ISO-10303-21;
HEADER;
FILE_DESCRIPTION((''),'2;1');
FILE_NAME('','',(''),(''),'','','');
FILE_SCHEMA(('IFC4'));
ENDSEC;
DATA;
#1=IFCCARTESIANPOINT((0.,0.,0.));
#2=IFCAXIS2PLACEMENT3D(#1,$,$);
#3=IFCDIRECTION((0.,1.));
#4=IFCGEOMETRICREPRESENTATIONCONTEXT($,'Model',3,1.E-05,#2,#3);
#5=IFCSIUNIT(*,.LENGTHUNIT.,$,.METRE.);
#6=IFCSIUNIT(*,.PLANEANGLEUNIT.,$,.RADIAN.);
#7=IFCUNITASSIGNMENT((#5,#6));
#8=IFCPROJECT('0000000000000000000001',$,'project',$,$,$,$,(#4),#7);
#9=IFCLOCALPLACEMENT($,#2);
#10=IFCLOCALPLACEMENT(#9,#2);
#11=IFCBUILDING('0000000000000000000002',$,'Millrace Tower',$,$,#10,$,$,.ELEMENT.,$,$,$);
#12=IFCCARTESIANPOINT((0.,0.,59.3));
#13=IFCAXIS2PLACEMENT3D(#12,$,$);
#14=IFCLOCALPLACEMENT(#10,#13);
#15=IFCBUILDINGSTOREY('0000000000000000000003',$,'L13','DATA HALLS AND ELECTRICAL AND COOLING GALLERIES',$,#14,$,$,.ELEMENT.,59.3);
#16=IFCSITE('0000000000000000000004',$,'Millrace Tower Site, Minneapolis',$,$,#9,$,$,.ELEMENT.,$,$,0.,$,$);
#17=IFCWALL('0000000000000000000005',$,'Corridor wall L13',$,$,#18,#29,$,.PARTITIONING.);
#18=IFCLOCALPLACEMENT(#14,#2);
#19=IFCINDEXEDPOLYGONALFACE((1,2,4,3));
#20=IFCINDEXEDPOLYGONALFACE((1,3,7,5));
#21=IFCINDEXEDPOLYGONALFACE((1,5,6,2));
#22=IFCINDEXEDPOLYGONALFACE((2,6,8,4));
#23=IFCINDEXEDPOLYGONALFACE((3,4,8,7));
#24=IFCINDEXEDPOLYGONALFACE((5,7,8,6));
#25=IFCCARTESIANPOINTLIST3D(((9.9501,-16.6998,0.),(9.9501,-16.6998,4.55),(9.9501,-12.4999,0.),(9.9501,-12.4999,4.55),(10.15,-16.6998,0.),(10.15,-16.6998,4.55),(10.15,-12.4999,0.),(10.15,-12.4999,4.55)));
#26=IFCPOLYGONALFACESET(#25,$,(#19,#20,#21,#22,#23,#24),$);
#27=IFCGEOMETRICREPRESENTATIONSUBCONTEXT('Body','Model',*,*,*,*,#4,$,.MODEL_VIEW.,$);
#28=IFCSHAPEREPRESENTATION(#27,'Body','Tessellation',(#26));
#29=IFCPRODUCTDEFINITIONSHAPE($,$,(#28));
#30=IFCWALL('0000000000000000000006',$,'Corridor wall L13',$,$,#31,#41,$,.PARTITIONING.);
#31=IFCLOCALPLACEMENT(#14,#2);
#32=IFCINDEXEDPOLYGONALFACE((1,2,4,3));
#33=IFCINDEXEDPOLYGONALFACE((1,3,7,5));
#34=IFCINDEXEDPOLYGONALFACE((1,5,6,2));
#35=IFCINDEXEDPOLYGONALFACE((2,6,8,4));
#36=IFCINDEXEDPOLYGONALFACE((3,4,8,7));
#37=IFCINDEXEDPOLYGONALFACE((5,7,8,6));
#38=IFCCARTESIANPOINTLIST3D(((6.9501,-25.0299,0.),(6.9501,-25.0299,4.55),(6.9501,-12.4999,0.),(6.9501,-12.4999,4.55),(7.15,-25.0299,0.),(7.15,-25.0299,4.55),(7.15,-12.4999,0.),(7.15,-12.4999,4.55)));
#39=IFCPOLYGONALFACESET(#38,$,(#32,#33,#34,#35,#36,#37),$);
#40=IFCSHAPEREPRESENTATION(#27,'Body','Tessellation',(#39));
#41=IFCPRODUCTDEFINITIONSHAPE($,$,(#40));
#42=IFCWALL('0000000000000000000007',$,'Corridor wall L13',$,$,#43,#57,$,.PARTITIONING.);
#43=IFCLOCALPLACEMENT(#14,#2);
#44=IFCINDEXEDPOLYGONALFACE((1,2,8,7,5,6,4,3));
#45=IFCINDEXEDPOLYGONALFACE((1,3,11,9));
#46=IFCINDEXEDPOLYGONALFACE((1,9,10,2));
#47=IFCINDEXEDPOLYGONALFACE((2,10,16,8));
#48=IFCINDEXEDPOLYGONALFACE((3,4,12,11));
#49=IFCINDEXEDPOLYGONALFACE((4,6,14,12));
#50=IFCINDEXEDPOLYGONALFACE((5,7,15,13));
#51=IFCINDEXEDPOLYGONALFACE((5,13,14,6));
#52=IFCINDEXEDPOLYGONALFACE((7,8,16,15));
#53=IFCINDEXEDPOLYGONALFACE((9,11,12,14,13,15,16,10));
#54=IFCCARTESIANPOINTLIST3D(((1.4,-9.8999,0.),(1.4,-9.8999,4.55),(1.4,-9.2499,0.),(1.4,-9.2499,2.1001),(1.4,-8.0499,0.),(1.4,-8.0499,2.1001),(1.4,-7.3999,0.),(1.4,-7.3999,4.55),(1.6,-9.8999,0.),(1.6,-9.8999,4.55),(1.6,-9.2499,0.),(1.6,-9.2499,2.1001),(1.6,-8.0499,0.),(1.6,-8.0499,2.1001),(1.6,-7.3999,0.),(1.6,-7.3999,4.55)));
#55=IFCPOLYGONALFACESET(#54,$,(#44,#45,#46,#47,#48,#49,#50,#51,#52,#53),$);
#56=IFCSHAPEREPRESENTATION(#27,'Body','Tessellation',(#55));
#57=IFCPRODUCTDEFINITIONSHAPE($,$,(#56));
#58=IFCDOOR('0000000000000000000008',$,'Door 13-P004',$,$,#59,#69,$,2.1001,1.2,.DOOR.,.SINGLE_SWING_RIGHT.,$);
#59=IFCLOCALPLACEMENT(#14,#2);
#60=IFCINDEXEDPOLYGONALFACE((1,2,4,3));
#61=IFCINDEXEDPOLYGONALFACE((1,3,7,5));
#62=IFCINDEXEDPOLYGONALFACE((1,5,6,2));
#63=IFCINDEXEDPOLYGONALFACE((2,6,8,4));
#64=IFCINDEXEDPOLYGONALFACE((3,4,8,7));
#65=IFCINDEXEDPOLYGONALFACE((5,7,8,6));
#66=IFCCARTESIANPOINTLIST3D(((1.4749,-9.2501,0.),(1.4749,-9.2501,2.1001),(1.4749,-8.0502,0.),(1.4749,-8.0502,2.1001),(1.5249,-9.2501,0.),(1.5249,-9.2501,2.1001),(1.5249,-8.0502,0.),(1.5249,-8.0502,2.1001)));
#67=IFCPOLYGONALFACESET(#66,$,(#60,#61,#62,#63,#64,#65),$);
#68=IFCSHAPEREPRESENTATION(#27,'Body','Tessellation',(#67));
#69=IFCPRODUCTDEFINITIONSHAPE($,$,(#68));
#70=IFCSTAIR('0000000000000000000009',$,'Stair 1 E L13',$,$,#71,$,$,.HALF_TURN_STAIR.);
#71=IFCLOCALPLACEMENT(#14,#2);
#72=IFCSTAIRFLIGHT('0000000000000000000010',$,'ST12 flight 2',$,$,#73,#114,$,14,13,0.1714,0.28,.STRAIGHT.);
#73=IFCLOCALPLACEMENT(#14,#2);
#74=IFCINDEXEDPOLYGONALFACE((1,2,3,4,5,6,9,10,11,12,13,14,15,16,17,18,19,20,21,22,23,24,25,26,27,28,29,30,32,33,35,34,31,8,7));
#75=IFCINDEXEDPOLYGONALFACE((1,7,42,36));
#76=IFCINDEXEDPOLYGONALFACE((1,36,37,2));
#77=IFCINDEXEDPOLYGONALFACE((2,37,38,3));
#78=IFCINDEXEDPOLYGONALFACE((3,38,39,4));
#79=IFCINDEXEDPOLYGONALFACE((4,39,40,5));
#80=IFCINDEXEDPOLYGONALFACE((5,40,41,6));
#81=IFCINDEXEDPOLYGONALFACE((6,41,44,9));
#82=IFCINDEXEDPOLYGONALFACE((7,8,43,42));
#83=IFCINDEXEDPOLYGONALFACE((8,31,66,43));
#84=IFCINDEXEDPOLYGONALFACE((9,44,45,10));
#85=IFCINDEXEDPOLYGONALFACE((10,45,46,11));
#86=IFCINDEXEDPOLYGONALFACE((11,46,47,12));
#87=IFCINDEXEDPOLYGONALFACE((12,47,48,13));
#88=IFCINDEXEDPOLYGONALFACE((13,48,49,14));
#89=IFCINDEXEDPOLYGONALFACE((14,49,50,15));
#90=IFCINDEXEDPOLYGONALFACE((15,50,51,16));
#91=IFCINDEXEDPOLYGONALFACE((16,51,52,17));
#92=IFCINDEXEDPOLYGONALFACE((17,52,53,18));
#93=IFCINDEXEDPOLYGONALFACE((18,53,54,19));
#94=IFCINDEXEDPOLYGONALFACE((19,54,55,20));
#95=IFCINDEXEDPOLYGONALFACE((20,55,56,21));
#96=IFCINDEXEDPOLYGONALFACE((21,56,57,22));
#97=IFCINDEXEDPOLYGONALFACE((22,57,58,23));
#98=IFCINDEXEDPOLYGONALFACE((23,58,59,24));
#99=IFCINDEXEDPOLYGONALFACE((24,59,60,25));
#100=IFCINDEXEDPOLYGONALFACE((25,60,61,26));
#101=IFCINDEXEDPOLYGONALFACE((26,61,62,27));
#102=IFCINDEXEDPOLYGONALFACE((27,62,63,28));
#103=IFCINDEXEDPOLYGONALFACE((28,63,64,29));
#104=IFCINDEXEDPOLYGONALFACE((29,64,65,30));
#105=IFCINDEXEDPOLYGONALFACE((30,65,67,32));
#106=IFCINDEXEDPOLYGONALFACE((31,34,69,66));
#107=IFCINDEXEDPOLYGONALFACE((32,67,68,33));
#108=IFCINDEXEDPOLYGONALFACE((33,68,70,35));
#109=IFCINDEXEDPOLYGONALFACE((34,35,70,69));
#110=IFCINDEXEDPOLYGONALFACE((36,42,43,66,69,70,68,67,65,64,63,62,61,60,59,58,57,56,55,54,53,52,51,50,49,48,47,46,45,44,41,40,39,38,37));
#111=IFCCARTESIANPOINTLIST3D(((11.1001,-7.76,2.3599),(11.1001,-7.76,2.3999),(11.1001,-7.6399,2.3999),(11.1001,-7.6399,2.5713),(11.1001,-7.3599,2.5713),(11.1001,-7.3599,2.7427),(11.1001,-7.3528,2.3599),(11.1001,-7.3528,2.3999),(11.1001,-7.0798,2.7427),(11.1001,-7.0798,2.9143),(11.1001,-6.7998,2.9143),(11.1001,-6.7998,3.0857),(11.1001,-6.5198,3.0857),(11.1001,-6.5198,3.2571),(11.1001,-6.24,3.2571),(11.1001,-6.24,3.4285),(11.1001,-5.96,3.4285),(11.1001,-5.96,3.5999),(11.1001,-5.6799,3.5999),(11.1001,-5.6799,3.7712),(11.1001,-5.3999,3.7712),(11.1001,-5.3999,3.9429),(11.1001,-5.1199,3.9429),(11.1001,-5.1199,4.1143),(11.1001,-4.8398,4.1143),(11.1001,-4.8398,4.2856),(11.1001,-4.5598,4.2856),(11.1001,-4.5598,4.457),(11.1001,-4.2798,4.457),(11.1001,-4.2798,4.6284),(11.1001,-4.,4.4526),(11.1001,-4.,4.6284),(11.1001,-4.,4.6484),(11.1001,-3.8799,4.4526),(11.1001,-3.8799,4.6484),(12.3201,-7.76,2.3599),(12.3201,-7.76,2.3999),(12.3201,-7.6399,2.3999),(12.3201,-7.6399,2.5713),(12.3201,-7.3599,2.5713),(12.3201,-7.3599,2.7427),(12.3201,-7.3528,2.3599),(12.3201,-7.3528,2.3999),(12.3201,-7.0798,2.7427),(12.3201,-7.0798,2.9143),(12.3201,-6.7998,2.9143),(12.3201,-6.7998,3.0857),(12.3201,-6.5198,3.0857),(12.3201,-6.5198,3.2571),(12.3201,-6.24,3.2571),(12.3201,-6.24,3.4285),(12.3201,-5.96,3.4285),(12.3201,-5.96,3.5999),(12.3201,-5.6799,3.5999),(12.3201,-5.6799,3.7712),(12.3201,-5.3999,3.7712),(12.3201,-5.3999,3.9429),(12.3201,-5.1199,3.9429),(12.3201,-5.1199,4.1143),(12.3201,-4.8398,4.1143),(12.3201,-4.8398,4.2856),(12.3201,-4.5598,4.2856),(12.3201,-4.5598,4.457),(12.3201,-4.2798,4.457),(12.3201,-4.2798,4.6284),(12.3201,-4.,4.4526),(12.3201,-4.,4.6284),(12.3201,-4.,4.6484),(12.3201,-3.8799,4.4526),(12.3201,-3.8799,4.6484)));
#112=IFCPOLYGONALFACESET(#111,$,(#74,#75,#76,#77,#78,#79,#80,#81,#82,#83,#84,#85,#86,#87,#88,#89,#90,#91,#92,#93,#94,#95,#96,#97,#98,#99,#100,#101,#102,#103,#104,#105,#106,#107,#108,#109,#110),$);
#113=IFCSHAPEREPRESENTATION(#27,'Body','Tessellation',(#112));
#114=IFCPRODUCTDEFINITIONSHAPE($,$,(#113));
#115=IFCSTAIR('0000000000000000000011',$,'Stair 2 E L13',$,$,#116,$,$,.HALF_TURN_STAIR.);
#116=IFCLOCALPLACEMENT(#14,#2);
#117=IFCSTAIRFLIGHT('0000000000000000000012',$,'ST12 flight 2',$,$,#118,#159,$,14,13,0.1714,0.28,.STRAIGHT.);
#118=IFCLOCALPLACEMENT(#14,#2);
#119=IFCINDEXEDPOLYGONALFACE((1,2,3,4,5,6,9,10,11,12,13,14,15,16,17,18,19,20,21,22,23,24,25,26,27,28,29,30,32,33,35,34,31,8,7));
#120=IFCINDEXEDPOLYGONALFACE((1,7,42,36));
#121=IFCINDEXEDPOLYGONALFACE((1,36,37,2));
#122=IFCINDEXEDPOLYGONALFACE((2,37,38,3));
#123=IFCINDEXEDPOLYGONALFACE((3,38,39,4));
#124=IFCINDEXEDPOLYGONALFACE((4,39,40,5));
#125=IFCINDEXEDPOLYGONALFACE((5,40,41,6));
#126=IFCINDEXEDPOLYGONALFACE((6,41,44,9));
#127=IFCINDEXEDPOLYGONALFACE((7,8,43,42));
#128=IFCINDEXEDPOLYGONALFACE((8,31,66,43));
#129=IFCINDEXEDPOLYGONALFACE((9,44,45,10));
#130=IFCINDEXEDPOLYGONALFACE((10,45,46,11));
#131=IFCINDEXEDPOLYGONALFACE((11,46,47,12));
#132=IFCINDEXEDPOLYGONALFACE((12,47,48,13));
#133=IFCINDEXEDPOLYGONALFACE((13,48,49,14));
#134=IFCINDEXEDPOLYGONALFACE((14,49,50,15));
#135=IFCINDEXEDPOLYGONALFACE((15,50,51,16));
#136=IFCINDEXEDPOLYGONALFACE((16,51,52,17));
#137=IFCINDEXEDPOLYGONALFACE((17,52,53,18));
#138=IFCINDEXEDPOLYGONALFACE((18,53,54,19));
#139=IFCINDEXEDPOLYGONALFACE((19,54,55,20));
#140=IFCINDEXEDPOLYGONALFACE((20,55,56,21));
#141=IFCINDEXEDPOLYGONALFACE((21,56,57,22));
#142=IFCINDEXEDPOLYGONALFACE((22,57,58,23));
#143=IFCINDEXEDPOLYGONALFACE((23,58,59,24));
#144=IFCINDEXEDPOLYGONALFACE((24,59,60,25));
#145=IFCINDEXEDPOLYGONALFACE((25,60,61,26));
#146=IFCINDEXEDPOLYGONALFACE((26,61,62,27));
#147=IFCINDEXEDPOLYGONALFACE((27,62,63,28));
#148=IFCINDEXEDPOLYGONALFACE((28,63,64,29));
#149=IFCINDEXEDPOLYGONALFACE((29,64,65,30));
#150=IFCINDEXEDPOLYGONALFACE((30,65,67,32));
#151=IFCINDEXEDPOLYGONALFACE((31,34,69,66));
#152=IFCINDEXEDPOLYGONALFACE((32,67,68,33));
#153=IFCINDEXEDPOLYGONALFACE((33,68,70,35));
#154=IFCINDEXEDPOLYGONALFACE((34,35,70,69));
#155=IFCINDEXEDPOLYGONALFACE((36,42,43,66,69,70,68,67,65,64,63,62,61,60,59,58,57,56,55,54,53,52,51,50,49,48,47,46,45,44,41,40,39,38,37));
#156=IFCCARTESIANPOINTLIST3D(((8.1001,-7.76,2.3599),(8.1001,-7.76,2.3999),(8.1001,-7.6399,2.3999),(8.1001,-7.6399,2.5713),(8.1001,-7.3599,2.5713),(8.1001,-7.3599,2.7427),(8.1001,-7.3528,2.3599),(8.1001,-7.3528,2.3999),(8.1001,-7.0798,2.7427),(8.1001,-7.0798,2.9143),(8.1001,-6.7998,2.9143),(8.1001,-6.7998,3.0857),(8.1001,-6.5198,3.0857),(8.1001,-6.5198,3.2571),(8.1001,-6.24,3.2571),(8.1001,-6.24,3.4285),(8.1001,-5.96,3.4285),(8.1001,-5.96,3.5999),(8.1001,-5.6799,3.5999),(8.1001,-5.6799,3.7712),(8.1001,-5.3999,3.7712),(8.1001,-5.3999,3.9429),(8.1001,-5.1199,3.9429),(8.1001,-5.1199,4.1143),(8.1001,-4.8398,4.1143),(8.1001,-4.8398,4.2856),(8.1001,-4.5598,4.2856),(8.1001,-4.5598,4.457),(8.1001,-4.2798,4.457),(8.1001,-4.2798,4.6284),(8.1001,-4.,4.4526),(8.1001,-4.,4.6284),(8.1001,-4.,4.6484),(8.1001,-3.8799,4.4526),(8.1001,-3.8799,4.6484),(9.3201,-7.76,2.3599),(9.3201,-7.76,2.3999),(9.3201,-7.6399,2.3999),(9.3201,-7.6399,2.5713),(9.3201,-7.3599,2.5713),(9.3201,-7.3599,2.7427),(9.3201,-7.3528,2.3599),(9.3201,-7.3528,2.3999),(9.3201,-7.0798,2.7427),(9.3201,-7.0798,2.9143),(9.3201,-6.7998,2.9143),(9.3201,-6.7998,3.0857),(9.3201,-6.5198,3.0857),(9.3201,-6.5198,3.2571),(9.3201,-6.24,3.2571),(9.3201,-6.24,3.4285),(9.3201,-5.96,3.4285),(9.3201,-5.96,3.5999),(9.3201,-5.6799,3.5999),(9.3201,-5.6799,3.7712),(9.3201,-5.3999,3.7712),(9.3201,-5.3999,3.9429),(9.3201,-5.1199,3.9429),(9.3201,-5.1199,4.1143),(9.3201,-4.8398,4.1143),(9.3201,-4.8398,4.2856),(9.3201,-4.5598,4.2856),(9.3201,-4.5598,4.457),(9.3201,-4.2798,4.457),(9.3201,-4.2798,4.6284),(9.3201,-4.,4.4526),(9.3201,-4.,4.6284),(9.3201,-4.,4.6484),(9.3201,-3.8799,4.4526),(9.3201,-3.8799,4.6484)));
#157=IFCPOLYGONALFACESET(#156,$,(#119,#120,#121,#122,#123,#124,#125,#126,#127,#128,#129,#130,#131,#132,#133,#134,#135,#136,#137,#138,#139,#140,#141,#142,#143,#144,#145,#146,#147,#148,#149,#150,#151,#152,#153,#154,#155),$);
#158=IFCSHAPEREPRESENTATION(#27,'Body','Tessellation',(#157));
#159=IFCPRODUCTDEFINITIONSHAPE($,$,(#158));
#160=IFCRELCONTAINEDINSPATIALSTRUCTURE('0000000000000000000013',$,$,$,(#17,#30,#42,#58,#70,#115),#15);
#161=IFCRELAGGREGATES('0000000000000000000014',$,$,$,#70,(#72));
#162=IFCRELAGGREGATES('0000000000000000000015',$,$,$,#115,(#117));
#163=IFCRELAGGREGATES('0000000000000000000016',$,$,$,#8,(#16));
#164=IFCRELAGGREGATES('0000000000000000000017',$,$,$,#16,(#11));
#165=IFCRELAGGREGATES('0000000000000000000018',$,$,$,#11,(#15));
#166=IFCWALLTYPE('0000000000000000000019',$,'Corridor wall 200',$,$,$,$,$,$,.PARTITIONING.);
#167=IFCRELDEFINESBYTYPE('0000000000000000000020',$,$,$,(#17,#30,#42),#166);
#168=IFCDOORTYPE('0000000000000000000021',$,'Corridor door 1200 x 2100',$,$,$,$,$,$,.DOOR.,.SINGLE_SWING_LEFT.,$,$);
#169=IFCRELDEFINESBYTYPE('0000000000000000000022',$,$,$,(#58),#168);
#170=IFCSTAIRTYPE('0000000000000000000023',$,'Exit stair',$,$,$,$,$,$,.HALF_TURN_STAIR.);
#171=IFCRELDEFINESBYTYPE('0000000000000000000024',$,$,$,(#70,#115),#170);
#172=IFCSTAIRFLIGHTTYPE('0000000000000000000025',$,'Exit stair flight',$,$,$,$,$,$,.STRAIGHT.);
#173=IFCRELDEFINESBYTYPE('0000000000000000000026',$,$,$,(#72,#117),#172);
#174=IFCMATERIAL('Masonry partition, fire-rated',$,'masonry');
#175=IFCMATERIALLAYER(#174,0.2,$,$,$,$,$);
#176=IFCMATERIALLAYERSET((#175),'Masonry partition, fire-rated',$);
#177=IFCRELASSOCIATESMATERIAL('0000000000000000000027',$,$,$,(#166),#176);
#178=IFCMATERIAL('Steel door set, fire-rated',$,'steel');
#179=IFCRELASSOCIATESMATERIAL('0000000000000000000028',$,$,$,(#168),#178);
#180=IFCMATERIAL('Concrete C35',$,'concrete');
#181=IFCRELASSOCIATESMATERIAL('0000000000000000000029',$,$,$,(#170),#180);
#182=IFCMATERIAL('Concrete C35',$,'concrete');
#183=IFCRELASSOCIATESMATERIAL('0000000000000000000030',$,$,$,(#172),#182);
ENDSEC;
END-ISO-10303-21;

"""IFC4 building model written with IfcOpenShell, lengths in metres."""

from ifc_helpers import new_model, si_unit, direction, frame, frame_2d, origin, place, context, subcontext, project, spatial, polyline, rectangle, outline, extrude, material, layer, layer_set, type_object, element, fill, aggregate, save


model = new_model("IFC4")

# Units and contexts
model_context = context("Model", 3, precision=1e-05, world=origin(), true_north=direction((0.0, 1.0)))
body_context = subcontext(model_context, "Body", "Model", "MODEL_VIEW")
ifc_project = project(units=[si_unit("LENGTHUNIT", "METRE"), si_unit("PLANEANGLEUNIT", "RADIAN")], contexts=[model_context])

# Site, building, storey
site_placement = place(None, origin())
site = spatial("IfcSite", under=ifc_project, at=site_placement, Name="Millrace Tower Site, Minneapolis", CompositionType="ELEMENT", RefElevation=0.0)
building_placement = place(site_placement, origin())
building = spatial("IfcBuilding", under=site, at=building_placement, Name="Millrace Tower", CompositionType="ELEMENT")
storey_placement = place(building_placement, frame((0.0, 0.0, 59.3)))
storey = spatial("IfcBuildingStorey", under=building, at=storey_placement, Name="L13", Description="DATA HALLS AND ELECTRICAL AND COOLING GALLERIES", CompositionType="ELEMENT", Elevation=59.3)

# Shared definitions
placement = place(storey_placement, origin())

# Walls
ifc_material_1 = material(Name="Masonry partition, fire-rated", Category="masonry")
ifc_layer_1 = layer(ifc_material_1, 0.2)
ifc_layer_set_1 = layer_set([ifc_layer_1], Name="Masonry partition, fire-rated")
wall_type = type_object("IfcWallType", Name="Corridor wall 200", PredefinedType="PARTITIONING", material=ifc_layer_set_1)
wall_1_placement = place(storey_placement, frame((10.05, -16.7, 0.0), z_axis=(0.0, 0.0, 1.0), x_axis=(0.0, 1.0, 0.0)))
element("IfcWall", 1, at=wall_1_placement, inside=storey, type_object=wall_type, Name="Corridor wall L13", PredefinedType="PARTITIONING", context=body_context, shape_type="SweptSolid", body=[
    extrude(rectangle(XDim=4.2, YDim=0.2, at=frame_2d((2.1001, 0.0))), origin(), (0.0, 0.0, 1.0), 4.55),
])
wall_2_placement = place(storey_placement, frame((7.05, -25.03, 0.0), z_axis=(0.0, 0.0, 1.0), x_axis=(0.0, 1.0, 0.0)))
element("IfcWall", 2, at=wall_2_placement, inside=storey, type_object=wall_type, Name="Corridor wall L13", PredefinedType="PARTITIONING", context=body_context, shape_type="SweptSolid", body=[
    extrude(rectangle(XDim=12.53, YDim=0.2, at=frame_2d((6.2651, 0.0))), origin(), (0.0, 0.0, 1.0), 4.55),
])

# Wall, opening, door
wall_3_placement = place(storey_placement, frame((1.5, -9.8999, 0.0), z_axis=(0.0, 0.0, 1.0), x_axis=(0.0, 1.0, 0.0)))
wall_3 = element("IfcWall", 3, at=wall_3_placement, inside=storey, type_object=wall_type, Name="Corridor wall L13", PredefinedType="PARTITIONING", context=body_context, shape_type="SweptSolid", body=[
    extrude(rectangle(XDim=2.5, YDim=0.2, at=frame_2d((1.25, 0.0))), origin(), (0.0, 0.0, 1.0), 4.55),
])
opening_placement = place(wall_3_placement, frame((0.6499, 0.0, 0.0)))
opening = element("IfcOpeningElement", 4, at=opening_placement, cuts=wall_3, PredefinedType="OPENING", context=body_context, shape_type="SweptSolid", body=[
    extrude(rectangle(XDim=1.2, YDim=2.1001, at=frame_2d((0.6001, 1.05))), frame((0.0, 0.1099, 0.0), z_axis=(0.0, -1.0, 0.0), x_axis=(1.0, 0.0, 0.0)), (0.0, 0.0, 1.0), 0.22),
])
ifc_material_2 = material(Name="Steel door set, fire-rated", Category="steel")
door_type = type_object("IfcDoorType", Name="Corridor door 1200 x 2100", OperationType="SINGLE_SWING_LEFT", PredefinedType="DOOR", material=ifc_material_2)
door_placement = place(opening_placement, frame((1.2, 0.0, 0.0), z_axis=(0.0, 0.0, 1.0), x_axis=(-1.0, 0.0, 0.0)))
door = element("IfcDoor", 5, at=door_placement, inside=storey, type_object=door_type, Name="Door 13-P004", OperationType="SINGLE_SWING_RIGHT", OverallHeight=2.1001, OverallWidth=1.2, PredefinedType="DOOR", context=body_context, shape_type="SweptSolid", body=[
    extrude(rectangle(XDim=1.2, YDim=2.1001, at=frame_2d((0.6001, 1.05))), frame((0.0, 0.0249, 0.0), z_axis=(0.0, -1.0, 0.0), x_axis=(1.0, 0.0, 0.0)), (0.0, 0.0, 1.0), 0.05),
])
fill(opening, door)

# Stairs, stair flights
ifc_material_3 = material(Name="Concrete C35", Category="concrete")
stair_type = type_object("IfcStairType", Name="Exit stair", PredefinedType="HALF_TURN_STAIR", material=ifc_material_3)
stair_1 = element("IfcStair", 6, at=placement, inside=storey, type_object=stair_type, Name="Stair 1 E L13", PredefinedType="HALF_TURN_STAIR")
ifc_material_4 = material(Name="Concrete C35", Category="concrete")
stair_flight_type = type_object("IfcStairFlightType", Name="Exit stair flight", PredefinedType="STRAIGHT", material=ifc_material_4)
stair_flight_1_placement = place(storey_placement, frame((11.71, -7.6399, 2.3999), z_axis=(0.0, 0.0, 1.0), x_axis=(0.0, 1.0, 0.0)))
stair_flight_1 = element("IfcStairFlight", 7, at=stair_flight_1_placement, type_object=stair_flight_type, Name="ST12 flight 2", NumberOfRisers=14, NumberOfTreads=13, PredefinedType="STRAIGHT", RiserHeight=0.1714, TreadLength=0.28, context=body_context, shape_type="SweptSolid", body=[
    extrude(outline(polyline([(-0.1201, -0.04), (-0.1201, 0.0), (0.0, 0.0), (0.0, 0.1714), (0.28, 0.1714), (0.28, 0.3428), (0.5601, 0.3428), (0.5601, 0.5144), (0.8401, 0.5144), (0.8401, 0.6858), (1.1201, 0.6858), (1.1201, 0.8572), (1.3999, 0.8572), (1.3999, 1.0286), (1.6799, 1.0286), (1.6799, 1.2), (1.96, 1.2), (1.96, 1.3713), (2.24, 1.3713), (2.24, 1.543), (2.52, 1.543), (2.52, 1.7144), (2.8, 1.7144), (2.8, 1.8857), (3.0801, 1.8857), (3.0801, 2.0571), (3.3601, 2.0571), (3.3601, 2.2285), (3.6399, 2.2285), (3.6399, 2.2485), (3.76, 2.2485), (3.76, 2.0527), (3.6399, 2.0527), (0.2871, 0.0), (0.2871, -0.04), (-0.1201, -0.04)])), frame((0.0, 0.6099, 0.0), z_axis=(0.0, -1.0, 0.0), x_axis=(1.0, 0.0, 0.0)), (0.0, 0.0, 1.0), 1.22),
])
aggregate(stair_1, [stair_flight_1])
stair_2 = element("IfcStair", 8, at=placement, inside=storey, type_object=stair_type, Name="Stair 2 E L13", PredefinedType="HALF_TURN_STAIR")
stair_flight_2_placement = place(storey_placement, frame((8.71, -7.6399, 2.3999), z_axis=(0.0, 0.0, 1.0), x_axis=(0.0, 1.0, 0.0)))
stair_flight_2 = element("IfcStairFlight", 9, at=stair_flight_2_placement, type_object=stair_flight_type, Name="ST12 flight 2", NumberOfRisers=14, NumberOfTreads=13, PredefinedType="STRAIGHT", RiserHeight=0.1714, TreadLength=0.28, context=body_context, shape_type="SweptSolid", body=[
    extrude(outline(polyline([(-0.1201, -0.04), (-0.1201, 0.0), (0.0, 0.0), (0.0, 0.1714), (0.28, 0.1714), (0.28, 0.3428), (0.5601, 0.3428), (0.5601, 0.5144), (0.8401, 0.5144), (0.8401, 0.6858), (1.1201, 0.6858), (1.1201, 0.8572), (1.3999, 0.8572), (1.3999, 1.0286), (1.6799, 1.0286), (1.6799, 1.2), (1.96, 1.2), (1.96, 1.3713), (2.24, 1.3713), (2.24, 1.543), (2.52, 1.543), (2.52, 1.7144), (2.8, 1.7144), (2.8, 1.8857), (3.0801, 1.8857), (3.0801, 2.0571), (3.3601, 2.0571), (3.3601, 2.2285), (3.6399, 2.2285), (3.6399, 2.2485), (3.76, 2.2485), (3.76, 2.0527), (3.6399, 2.0527), (0.2871, 0.0), (0.2871, -0.04), (-0.1201, -0.04)])), frame((0.0, 0.6099, 0.0), z_axis=(0.0, -1.0, 0.0), x_axis=(1.0, 0.0, 0.0)), (0.0, 0.0, 1.0), 1.22),
])
aggregate(stair_2, [stair_flight_2])

save(model, "model.ifc")
